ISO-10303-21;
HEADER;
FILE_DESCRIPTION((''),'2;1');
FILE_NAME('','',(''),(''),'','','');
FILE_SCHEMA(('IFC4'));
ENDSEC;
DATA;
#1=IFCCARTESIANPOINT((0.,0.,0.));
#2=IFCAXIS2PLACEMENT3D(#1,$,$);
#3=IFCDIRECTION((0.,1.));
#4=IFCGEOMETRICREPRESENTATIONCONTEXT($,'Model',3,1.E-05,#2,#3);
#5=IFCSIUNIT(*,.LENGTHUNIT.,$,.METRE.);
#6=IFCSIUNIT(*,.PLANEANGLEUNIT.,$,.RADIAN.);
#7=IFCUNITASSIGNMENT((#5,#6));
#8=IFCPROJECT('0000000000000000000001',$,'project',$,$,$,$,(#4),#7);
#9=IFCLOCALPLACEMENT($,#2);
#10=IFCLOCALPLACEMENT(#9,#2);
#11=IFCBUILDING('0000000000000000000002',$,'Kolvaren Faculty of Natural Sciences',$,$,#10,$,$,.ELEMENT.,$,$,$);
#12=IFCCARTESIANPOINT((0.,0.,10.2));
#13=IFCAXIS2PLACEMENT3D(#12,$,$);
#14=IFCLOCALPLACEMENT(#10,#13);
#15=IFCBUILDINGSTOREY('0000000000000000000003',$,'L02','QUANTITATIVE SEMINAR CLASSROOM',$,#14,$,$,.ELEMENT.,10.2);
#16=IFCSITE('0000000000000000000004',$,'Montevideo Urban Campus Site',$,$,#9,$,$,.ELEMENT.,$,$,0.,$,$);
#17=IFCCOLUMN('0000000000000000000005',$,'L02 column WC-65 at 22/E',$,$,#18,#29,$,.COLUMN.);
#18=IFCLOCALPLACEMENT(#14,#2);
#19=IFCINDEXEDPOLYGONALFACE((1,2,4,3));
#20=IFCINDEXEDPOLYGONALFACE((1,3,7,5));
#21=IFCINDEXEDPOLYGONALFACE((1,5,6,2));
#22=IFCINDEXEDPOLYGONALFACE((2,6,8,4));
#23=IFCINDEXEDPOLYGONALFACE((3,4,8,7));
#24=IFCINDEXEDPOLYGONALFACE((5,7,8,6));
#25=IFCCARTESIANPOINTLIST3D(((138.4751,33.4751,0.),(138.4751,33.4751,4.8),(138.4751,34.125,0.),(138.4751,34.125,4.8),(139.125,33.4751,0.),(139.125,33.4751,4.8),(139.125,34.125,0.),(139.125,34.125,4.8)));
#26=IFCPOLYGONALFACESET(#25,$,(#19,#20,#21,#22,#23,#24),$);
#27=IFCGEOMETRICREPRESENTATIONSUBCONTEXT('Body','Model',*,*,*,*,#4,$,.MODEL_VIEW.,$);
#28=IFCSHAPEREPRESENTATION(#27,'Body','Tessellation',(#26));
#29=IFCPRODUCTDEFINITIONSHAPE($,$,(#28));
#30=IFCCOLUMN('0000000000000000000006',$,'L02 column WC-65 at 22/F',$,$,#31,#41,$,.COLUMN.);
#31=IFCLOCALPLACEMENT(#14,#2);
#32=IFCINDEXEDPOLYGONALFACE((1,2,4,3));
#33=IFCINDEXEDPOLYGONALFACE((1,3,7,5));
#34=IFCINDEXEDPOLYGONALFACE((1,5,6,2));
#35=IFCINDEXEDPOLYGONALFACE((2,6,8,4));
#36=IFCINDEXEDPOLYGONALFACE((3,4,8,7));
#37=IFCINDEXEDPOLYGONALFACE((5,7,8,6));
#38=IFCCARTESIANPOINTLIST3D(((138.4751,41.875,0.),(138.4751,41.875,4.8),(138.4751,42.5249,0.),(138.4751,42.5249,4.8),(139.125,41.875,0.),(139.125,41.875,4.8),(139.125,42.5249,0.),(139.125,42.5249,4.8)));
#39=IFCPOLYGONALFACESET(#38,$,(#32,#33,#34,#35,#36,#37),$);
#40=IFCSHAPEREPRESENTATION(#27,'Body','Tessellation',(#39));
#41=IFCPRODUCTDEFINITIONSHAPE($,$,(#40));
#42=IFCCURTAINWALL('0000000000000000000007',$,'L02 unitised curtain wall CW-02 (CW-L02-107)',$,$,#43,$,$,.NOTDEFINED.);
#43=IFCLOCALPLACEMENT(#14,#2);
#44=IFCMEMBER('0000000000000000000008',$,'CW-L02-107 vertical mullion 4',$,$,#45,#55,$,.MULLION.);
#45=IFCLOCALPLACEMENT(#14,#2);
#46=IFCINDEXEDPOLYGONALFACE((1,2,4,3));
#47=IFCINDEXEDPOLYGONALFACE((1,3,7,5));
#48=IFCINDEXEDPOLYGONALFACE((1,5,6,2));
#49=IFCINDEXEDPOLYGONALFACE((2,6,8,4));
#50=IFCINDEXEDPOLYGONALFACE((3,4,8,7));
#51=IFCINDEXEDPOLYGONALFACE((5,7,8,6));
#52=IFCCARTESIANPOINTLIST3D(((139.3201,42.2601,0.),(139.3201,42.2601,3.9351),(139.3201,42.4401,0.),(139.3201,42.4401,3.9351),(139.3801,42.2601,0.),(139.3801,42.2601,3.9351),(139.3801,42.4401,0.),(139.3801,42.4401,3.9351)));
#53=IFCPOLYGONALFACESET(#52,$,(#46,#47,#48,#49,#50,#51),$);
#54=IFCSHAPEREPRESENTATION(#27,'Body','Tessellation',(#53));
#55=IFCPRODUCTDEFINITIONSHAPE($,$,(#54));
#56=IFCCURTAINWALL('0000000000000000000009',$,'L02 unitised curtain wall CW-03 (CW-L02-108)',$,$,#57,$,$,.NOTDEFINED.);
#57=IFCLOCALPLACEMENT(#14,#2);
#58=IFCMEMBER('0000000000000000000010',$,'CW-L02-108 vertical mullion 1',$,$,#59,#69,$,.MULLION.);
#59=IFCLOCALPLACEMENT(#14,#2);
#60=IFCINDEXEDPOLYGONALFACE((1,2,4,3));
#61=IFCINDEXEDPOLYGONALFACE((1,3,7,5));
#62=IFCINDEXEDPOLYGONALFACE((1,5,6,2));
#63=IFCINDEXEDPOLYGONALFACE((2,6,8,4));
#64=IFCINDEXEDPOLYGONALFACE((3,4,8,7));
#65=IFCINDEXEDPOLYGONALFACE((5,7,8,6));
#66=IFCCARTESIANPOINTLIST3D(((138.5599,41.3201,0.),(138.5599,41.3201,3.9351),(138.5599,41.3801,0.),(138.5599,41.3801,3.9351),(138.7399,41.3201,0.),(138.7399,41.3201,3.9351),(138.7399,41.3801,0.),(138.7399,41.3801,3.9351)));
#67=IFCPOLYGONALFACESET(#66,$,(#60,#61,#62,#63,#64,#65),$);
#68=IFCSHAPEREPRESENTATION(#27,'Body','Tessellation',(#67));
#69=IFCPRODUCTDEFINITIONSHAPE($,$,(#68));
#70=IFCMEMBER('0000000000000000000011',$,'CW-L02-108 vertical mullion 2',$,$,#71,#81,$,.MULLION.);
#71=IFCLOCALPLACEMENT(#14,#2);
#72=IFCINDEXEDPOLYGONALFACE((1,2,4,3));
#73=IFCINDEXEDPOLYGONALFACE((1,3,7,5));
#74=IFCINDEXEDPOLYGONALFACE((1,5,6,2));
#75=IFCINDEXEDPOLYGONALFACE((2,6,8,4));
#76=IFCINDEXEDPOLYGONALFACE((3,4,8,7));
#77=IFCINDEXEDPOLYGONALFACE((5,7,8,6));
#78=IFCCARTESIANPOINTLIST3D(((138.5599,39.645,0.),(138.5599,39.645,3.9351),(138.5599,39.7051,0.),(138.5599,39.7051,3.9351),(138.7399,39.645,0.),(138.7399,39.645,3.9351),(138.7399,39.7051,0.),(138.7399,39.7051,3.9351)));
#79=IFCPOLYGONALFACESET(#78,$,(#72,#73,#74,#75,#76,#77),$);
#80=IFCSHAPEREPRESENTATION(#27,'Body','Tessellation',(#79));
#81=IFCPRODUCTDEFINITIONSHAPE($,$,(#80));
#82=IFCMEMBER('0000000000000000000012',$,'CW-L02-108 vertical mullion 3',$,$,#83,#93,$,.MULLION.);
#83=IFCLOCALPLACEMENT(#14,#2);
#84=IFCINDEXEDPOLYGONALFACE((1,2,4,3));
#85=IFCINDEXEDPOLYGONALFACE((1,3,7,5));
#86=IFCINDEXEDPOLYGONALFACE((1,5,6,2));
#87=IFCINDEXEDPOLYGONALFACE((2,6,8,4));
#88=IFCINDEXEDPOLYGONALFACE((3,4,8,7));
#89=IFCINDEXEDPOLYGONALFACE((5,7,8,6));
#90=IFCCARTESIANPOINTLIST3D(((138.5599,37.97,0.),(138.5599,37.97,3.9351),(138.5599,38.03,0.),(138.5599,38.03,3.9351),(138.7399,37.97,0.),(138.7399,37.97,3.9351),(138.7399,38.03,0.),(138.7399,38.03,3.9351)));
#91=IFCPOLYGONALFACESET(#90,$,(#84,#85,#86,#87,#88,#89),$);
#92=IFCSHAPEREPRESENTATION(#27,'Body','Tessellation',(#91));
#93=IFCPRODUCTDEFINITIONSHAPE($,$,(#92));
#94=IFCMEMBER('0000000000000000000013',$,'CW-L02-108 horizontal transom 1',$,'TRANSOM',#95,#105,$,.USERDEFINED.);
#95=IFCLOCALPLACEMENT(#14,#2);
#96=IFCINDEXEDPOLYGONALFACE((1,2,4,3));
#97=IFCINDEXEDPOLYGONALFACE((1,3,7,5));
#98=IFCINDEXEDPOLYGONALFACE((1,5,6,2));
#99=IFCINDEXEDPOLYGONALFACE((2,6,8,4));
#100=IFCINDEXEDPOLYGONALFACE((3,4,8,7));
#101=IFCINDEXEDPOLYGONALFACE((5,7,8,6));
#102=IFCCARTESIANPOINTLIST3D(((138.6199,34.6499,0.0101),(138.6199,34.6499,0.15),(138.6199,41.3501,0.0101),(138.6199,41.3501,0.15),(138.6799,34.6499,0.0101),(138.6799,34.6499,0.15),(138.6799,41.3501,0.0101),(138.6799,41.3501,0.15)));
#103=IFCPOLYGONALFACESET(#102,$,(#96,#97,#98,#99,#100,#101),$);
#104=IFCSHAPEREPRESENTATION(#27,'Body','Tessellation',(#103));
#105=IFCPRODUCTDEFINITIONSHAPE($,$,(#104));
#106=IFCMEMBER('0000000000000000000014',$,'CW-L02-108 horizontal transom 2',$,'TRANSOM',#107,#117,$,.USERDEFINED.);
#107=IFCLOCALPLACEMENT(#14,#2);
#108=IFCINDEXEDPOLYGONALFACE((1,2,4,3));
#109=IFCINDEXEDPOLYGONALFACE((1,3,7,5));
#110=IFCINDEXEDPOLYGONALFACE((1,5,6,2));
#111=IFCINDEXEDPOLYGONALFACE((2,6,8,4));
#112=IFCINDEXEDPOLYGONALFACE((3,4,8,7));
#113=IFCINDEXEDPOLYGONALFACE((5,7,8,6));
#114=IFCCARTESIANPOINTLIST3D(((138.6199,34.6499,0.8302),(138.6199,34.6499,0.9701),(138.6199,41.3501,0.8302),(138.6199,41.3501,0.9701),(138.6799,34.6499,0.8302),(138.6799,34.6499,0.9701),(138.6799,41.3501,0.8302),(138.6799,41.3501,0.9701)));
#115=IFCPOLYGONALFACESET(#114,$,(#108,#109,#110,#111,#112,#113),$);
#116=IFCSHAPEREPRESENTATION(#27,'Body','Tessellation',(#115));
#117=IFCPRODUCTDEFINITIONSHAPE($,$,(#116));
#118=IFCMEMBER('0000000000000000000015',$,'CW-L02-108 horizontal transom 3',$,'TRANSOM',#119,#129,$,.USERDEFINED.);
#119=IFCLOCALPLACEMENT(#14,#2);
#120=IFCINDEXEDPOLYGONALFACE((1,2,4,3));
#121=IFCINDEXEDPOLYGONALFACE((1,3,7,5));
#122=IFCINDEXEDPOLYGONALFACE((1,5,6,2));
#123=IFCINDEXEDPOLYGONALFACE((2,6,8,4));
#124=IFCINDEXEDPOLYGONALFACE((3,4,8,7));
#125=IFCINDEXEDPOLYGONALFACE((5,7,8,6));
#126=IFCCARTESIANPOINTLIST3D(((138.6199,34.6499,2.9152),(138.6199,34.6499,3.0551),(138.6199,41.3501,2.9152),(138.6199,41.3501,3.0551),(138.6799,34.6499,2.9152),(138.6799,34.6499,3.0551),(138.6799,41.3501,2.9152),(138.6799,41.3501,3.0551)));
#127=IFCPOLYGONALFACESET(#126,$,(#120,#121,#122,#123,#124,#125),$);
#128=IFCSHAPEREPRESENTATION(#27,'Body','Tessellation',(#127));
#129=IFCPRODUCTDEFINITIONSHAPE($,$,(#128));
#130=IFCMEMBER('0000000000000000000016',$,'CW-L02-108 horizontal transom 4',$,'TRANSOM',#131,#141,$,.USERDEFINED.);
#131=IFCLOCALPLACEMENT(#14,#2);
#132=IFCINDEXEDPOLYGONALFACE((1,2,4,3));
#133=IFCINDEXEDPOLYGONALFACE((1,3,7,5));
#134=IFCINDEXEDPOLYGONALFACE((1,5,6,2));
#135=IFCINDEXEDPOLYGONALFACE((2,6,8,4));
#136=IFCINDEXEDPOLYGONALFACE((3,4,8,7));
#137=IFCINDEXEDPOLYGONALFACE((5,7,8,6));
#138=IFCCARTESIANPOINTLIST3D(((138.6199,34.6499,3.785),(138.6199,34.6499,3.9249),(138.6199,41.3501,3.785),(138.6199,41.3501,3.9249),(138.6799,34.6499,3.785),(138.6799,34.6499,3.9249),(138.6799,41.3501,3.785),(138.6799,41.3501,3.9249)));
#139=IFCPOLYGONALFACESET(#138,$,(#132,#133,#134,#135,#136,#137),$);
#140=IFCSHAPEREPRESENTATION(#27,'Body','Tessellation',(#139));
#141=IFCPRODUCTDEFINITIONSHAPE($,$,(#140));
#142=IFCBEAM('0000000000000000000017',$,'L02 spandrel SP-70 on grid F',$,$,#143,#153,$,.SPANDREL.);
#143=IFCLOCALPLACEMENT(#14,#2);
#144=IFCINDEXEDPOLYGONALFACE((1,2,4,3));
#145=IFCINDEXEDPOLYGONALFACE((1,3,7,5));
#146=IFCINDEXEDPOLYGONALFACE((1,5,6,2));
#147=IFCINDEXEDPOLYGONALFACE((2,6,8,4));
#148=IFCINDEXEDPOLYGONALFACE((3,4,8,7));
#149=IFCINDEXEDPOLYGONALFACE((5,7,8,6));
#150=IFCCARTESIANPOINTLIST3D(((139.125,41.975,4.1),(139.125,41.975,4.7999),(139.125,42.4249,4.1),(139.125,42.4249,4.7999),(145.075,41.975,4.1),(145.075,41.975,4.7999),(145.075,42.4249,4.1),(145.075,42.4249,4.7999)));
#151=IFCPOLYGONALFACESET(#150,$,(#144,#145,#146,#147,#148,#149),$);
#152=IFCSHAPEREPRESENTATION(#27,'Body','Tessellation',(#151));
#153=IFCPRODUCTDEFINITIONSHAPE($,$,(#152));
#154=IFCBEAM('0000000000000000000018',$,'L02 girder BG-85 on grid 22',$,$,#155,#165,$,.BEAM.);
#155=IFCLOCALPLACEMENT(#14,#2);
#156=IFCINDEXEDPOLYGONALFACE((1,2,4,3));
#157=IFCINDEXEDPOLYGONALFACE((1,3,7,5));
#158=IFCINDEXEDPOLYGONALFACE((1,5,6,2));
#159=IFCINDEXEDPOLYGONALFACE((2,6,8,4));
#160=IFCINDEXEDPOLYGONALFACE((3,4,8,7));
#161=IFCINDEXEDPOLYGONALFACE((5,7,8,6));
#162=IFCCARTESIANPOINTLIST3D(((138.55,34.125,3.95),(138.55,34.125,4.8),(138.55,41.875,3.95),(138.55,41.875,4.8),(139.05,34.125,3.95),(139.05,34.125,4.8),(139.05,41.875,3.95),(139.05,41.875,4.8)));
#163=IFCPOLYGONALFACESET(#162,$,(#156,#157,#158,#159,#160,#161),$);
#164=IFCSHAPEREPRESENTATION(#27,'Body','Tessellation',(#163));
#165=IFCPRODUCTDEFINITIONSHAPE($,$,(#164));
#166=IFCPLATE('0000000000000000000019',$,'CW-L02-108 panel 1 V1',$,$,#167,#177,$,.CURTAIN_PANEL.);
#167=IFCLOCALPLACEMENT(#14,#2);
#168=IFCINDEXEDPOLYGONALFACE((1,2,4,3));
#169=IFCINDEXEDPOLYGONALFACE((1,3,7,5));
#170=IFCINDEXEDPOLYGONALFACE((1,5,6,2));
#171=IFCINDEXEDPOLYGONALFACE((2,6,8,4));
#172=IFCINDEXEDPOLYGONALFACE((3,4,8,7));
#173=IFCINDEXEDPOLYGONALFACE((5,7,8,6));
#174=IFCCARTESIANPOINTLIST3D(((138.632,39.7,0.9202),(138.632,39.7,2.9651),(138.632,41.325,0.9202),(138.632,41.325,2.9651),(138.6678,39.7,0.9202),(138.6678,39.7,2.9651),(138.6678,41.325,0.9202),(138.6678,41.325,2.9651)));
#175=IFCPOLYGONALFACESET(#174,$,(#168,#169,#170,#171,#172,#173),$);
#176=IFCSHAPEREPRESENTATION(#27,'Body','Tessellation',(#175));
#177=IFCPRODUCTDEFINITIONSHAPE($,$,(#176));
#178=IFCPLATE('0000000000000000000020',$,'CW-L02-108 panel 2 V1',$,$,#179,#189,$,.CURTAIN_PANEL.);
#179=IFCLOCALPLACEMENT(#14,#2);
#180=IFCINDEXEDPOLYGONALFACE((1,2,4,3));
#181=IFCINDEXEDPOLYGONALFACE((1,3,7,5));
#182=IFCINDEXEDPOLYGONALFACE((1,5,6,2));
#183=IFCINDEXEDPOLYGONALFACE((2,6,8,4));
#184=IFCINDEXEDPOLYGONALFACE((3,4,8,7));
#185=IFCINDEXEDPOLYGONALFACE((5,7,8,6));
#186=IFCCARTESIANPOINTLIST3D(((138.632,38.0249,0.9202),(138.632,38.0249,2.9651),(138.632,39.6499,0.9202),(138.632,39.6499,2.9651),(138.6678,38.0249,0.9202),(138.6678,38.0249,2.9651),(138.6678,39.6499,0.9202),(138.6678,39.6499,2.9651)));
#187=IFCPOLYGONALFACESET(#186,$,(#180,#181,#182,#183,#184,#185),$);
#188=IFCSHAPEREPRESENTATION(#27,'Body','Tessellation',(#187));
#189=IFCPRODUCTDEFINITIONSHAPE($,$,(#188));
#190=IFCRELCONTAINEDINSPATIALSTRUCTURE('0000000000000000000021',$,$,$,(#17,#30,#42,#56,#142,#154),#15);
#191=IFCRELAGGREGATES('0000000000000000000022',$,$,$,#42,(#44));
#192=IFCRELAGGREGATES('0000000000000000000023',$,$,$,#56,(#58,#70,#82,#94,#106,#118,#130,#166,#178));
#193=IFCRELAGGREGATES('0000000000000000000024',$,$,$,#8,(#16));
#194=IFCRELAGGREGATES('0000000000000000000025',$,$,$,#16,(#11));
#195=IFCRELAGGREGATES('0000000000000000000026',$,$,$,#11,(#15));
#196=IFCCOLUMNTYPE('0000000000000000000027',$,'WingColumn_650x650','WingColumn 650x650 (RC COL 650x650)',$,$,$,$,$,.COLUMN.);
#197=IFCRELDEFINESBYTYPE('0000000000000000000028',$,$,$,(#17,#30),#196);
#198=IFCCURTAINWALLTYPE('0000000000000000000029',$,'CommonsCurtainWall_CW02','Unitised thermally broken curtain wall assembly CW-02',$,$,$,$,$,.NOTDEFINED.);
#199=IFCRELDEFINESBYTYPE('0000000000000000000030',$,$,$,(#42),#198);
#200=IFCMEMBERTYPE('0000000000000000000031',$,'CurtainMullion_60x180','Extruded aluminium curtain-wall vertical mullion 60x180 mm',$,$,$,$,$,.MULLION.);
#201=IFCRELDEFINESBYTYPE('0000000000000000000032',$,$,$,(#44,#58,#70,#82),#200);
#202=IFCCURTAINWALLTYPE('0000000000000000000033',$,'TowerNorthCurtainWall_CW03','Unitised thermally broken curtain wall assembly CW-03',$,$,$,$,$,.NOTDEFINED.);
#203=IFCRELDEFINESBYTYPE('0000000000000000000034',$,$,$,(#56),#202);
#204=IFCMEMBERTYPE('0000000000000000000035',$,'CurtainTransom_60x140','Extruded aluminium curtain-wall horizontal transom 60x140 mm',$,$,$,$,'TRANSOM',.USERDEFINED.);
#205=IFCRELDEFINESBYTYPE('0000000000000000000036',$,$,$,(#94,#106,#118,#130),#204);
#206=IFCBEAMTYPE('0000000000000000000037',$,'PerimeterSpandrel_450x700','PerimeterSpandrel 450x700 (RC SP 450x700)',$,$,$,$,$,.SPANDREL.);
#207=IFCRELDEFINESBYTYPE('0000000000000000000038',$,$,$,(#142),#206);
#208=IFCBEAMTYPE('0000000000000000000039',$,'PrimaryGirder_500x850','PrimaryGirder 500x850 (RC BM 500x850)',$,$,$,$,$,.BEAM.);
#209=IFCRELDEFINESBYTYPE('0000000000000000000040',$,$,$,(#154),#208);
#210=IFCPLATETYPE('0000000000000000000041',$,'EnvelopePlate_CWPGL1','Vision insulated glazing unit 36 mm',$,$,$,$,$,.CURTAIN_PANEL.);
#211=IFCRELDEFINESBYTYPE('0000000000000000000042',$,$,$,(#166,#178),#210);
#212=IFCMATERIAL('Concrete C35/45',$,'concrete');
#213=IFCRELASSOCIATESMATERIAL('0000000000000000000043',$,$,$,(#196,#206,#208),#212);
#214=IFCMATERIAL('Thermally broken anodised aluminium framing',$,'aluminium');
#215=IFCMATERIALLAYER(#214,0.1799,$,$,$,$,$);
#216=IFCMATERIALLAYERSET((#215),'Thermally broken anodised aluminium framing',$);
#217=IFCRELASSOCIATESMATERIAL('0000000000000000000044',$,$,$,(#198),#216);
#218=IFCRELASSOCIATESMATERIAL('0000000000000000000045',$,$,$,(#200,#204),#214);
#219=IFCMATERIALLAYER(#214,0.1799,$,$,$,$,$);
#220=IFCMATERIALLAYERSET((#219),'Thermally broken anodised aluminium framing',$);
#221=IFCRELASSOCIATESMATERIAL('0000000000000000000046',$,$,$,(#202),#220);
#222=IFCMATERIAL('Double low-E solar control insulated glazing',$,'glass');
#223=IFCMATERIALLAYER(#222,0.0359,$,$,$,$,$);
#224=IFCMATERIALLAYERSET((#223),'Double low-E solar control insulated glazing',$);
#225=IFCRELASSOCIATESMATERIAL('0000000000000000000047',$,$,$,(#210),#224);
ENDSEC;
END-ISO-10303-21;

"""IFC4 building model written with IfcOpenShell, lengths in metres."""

from ifc_helpers import new_model, si_unit, direction, frame, origin, origin_2d, place, context, subcontext, project, spatial, rectangle, extrude, material, layer, layer_set, material_profile, profile_set, type_object, element, aggregate, save


model = new_model("IFC4")

# Units and contexts
model_context = context("Model", 3, precision=1e-05, world=origin(), true_north=direction((0.0, 1.0)))
body_context = subcontext(model_context, "Body", "Model", "MODEL_VIEW")
ifc_project = project(units=[si_unit("LENGTHUNIT", "METRE"), si_unit("PLANEANGLEUNIT", "RADIAN")], contexts=[model_context])

# Site, building, storey
site_placement = place(None, origin())
site = spatial("IfcSite", under=ifc_project, at=site_placement, Name="Montevideo Urban Campus Site", CompositionType="ELEMENT", RefElevation=0.0)
building_placement = place(site_placement, origin())
building = spatial("IfcBuilding", under=site, at=building_placement, Name="Kolvaren Faculty of Natural Sciences", CompositionType="ELEMENT")
storey_placement = place(building_placement, frame((0.0, 0.0, 10.2)))
storey = spatial("IfcBuildingStorey", under=building, at=storey_placement, Name="L02", Description="QUANTITATIVE SEMINAR CLASSROOM", CompositionType="ELEMENT", Elevation=10.2)

# Columns
ifc_material_1 = material(Name="Concrete C35/45", Category="concrete")
ifc_material_profile_1 = material_profile(ifc_material_1, rectangle(XDim=0.6499, YDim=0.6499, at=origin_2d()), Name="RC COL 650x650")
ifc_profile_set_1 = profile_set([ifc_material_profile_1], Name="Concrete C35/45")
column_type = type_object("IfcColumnType", Name="WingColumn_650x650", Description="WingColumn 650x650 (RC COL 650x650)", PredefinedType="COLUMN", material=ifc_profile_set_1)
for number, where, z_axis, x_axis, name in (
    (1, (138.8, 33.8, 0.0), (0.0, 0.0, 1.0), (1.0, 0.0, 0.0), "L02 column WC-65 at 22/E"),
    (2, (138.8, 42.2, 0.0), (0.0, 0.0, 1.0), (1.0, 0.0, 0.0), "L02 column WC-65 at 22/F"),
):
    element("IfcColumn", number, at=place(storey_placement, frame(where, z_axis=z_axis, x_axis=x_axis)), inside=storey, type_object=column_type, Name=name, PredefinedType="COLUMN", context=body_context, shape_type="SweptSolid", body=[
        extrude(rectangle(XDim=0.6499, YDim=0.6499, at=origin_2d()), origin(), (0.0, 0.0, 1.0), 4.8),
    ])

# Curtain wall, member
ifc_material_2 = material(Name="Thermally broken anodised aluminium framing", Category="aluminium")
ifc_layer_1 = layer(ifc_material_2, 0.1799)
ifc_layer_set_1 = layer_set([ifc_layer_1], Name="Thermally broken anodised aluminium framing")
curtain_wall_type_1 = type_object("IfcCurtainWallType", Name="CommonsCurtainWall_CW02", Description="Unitised thermally broken curtain wall assembly CW-02", PredefinedType="NOTDEFINED", material=ifc_layer_set_1)
curtain_wall_1_placement = place(storey_placement, origin())
curtain_wall_1 = element("IfcCurtainWall", 3, at=curtain_wall_1_placement, inside=storey, type_object=curtain_wall_type_1, Name="L02 unitised curtain wall CW-02 (CW-L02-107)", PredefinedType="NOTDEFINED")
ifc_material_profile_2 = material_profile(ifc_material_2, rectangle(XDim=0.0601, YDim=0.1799, at=origin_2d()), Name="ALU MUL 60x180")
ifc_profile_set_2 = profile_set([ifc_material_profile_2], Name="Thermally broken anodised aluminium framing")
member_type_1 = type_object("IfcMemberType", Name="CurtainMullion_60x180", Description="Extruded aluminium curtain-wall vertical mullion 60x180 mm", PredefinedType="MULLION", material=ifc_profile_set_2)
member_1_placement = place(storey_placement, frame((139.3501, 42.3501, 0.0), z_axis=(0.0, 0.0, 1.0), x_axis=(-1.0, 0.0, 0.0)))
member_1 = element("IfcMember", 4, at=member_1_placement, type_object=member_type_1, Name="CW-L02-107 vertical mullion 4", PredefinedType="MULLION", context=body_context, shape_type="SweptSolid", body=[
    extrude(rectangle(XDim=0.0601, YDim=0.1799, at=origin_2d()), origin(), (0.0, 0.0, 1.0), 3.9351),
])
aggregate(curtain_wall_1, [member_1])

# Curtain wall, members
ifc_layer_2 = layer(ifc_material_2, 0.1799)
ifc_layer_set_2 = layer_set([ifc_layer_2], Name="Thermally broken anodised aluminium framing")
curtain_wall_type_2 = type_object("IfcCurtainWallType", Name="TowerNorthCurtainWall_CW03", Description="Unitised thermally broken curtain wall assembly CW-03", PredefinedType="NOTDEFINED", material=ifc_layer_set_2)
curtain_wall_2_placement = place(storey_placement, origin())
curtain_wall_2 = element("IfcCurtainWall", 5, at=curtain_wall_2_placement, inside=storey, type_object=curtain_wall_type_2, Name="L02 unitised curtain wall CW-03 (CW-L02-108)", PredefinedType="NOTDEFINED")
member_2_placement = place(storey_placement, frame((138.6499, 41.3501, 0.0), z_axis=(0.0, 0.0, 1.0), x_axis=(0.0, -1.0, 0.0)))
member_2 = element("IfcMember", 6, at=member_2_placement, type_object=member_type_1, Name="CW-L02-108 vertical mullion 1", PredefinedType="MULLION", context=body_context, shape_type="SweptSolid", body=[
    extrude(rectangle(XDim=0.0601, YDim=0.1799, at=origin_2d()), origin(), (0.0, 0.0, 1.0), 3.9351),
])
member_3_placement = place(storey_placement, frame((138.6499, 39.675, 0.0), z_axis=(0.0, 0.0, 1.0), x_axis=(0.0, -1.0, 0.0)))
member_3 = element("IfcMember", 7, at=member_3_placement, type_object=member_type_1, Name="CW-L02-108 vertical mullion 2", PredefinedType="MULLION", context=body_context, shape_type="SweptSolid", body=[
    extrude(rectangle(XDim=0.0601, YDim=0.1799, at=origin_2d()), origin(), (0.0, 0.0, 1.0), 3.9351),
])
member_4_placement = place(storey_placement, frame((138.6499, 38.0, 0.0), z_axis=(0.0, 0.0, 1.0), x_axis=(0.0, -1.0, 0.0)))
member_4 = element("IfcMember", 8, at=member_4_placement, type_object=member_type_1, Name="CW-L02-108 vertical mullion 3", PredefinedType="MULLION", context=body_context, shape_type="SweptSolid", body=[
    extrude(rectangle(XDim=0.0601, YDim=0.1799, at=origin_2d()), origin(), (0.0, 0.0, 1.0), 3.9351),
])
ifc_material_profile_3 = material_profile(ifc_material_2, rectangle(XDim=0.0601, YDim=0.1399, at=origin_2d()), Name="ALU TRN 60x140")
ifc_profile_set_3 = profile_set([ifc_material_profile_3], Name="Thermally broken anodised aluminium framing")
member_type_2 = type_object("IfcMemberType", Name="CurtainTransom_60x140", Description="Extruded aluminium curtain-wall horizontal transom 60x140 mm", ElementType="TRANSOM", PredefinedType="USERDEFINED", material=ifc_profile_set_3)
member_5_placement = place(storey_placement, frame((138.6499, 41.3501, 0.0801), z_axis=(0.0, -1.0, 0.0), x_axis=(1.0, 0.0, 0.0)))
member_5 = element("IfcMember", 9, at=member_5_placement, type_object=member_type_2, Name="CW-L02-108 horizontal transom 1", ObjectType="TRANSOM", PredefinedType="USERDEFINED", context=body_context, shape_type="SweptSolid", body=[
    extrude(rectangle(XDim=0.0601, YDim=0.1399, at=origin_2d()), origin(), (0.0, 0.0, 1.0), 6.7002),
])
member_6_placement = place(storey_placement, frame((138.6499, 41.3501, 0.9001), z_axis=(0.0, -1.0, 0.0), x_axis=(1.0, 0.0, 0.0)))
member_6 = element("IfcMember", 10, at=member_6_placement, type_object=member_type_2, Name="CW-L02-108 horizontal transom 2", ObjectType="TRANSOM", PredefinedType="USERDEFINED", context=body_context, shape_type="SweptSolid", body=[
    extrude(rectangle(XDim=0.0601, YDim=0.1399, at=origin_2d()), origin(), (0.0, 0.0, 1.0), 6.7002),
])
member_7_placement = place(storey_placement, frame((138.6499, 41.3501, 2.9851), z_axis=(0.0, -1.0, 0.0), x_axis=(1.0, 0.0, 0.0)))
member_7 = element("IfcMember", 11, at=member_7_placement, type_object=member_type_2, Name="CW-L02-108 horizontal transom 3", ObjectType="TRANSOM", PredefinedType="USERDEFINED", context=body_context, shape_type="SweptSolid", body=[
    extrude(rectangle(XDim=0.0601, YDim=0.1399, at=origin_2d()), origin(), (0.0, 0.0, 1.0), 6.7002),
])
member_8_placement = place(storey_placement, frame((138.6499, 41.3501, 3.855), z_axis=(0.0, -1.0, 0.0), x_axis=(1.0, 0.0, 0.0)))
member_8 = element("IfcMember", 12, at=member_8_placement, type_object=member_type_2, Name="CW-L02-108 horizontal transom 4", ObjectType="TRANSOM", PredefinedType="USERDEFINED", context=body_context, shape_type="SweptSolid", body=[
    extrude(rectangle(XDim=0.0601, YDim=0.1399, at=origin_2d()), origin(), (0.0, 0.0, 1.0), 6.7002),
])

# Beams
ifc_material_profile_4 = material_profile(ifc_material_1, rectangle(XDim=0.45, YDim=0.7, at=origin_2d()), Name="RC SP 450x700")
ifc_profile_set_4 = profile_set([ifc_material_profile_4], Name="Concrete C35/45")
beam_type_1 = type_object("IfcBeamType", Name="PerimeterSpandrel_450x700", Description="PerimeterSpandrel 450x700 (RC SP 450x700)", PredefinedType="SPANDREL", material=ifc_profile_set_4)
beam_1_placement = place(storey_placement, frame((139.125, 42.2, 4.45), z_axis=(1.0, 0.0, 0.0), x_axis=(0.0, 1.0, 0.0)))
element("IfcBeam", 13, at=beam_1_placement, inside=storey, type_object=beam_type_1, Name="L02 spandrel SP-70 on grid F", PredefinedType="SPANDREL", context=body_context, shape_type="SweptSolid", body=[
    extrude(rectangle(XDim=0.45, YDim=0.7, at=origin_2d()), origin(), (0.0, 0.0, 1.0), 5.95),
])
ifc_material_profile_5 = material_profile(ifc_material_1, rectangle(XDim=0.5, YDim=0.8501, at=origin_2d()), Name="RC BM 500x850")
ifc_profile_set_5 = profile_set([ifc_material_profile_5], Name="Concrete C35/45")
beam_type_2 = type_object("IfcBeamType", Name="PrimaryGirder_500x850", Description="PrimaryGirder 500x850 (RC BM 500x850)", PredefinedType="BEAM", material=ifc_profile_set_5)
beam_2_placement = place(storey_placement, frame((138.8, 34.125, 4.375), z_axis=(0.0, 1.0, 0.0), x_axis=(-1.0, 0.0, 0.0)))
element("IfcBeam", 14, at=beam_2_placement, inside=storey, type_object=beam_type_2, Name="L02 girder BG-85 on grid 22", PredefinedType="BEAM", context=body_context, shape_type="SweptSolid", body=[
    extrude(rectangle(XDim=0.5, YDim=0.8501, at=origin_2d()), origin(), (0.0, 0.0, 1.0), 7.75),
])

# Plates
ifc_material_3 = material(Name="Double low-E solar control insulated glazing", Category="glass")
ifc_layer_3 = layer(ifc_material_3, 0.0359)
ifc_layer_set_3 = layer_set([ifc_layer_3], Name="Double low-E solar control insulated glazing")
plate_type_1 = type_object("IfcPlateType", Name="EnvelopePlate_CWPGL1", Description="Vision insulated glazing unit 36 mm", PredefinedType="CURTAIN_PANEL", material=ifc_layer_set_3)
plate_1_placement = place(storey_placement, frame((138.6499, 40.5125, 0.9202), z_axis=(0.0, 0.0, 1.0), x_axis=(0.0, -1.0, 0.0)))
plate_1 = element("IfcPlate", 15, at=plate_1_placement, type_object=plate_type_1, Name="CW-L02-108 panel 1 V1", PredefinedType="CURTAIN_PANEL", context=body_context, shape_type="SweptSolid", body=[
    extrude(rectangle(XDim=1.625, YDim=0.0359, at=origin_2d()), origin(), (0.0, 0.0, 1.0), 2.0449),
])
plate_2_placement = place(storey_placement, frame((138.6499, 38.8374, 0.9202), z_axis=(0.0, 0.0, 1.0), x_axis=(0.0, -1.0, 0.0)))
plate_2 = element("IfcPlate", 16, at=plate_2_placement, type_object=plate_type_1, Name="CW-L02-108 panel 2 V1", PredefinedType="CURTAIN_PANEL", context=body_context, shape_type="SweptSolid", body=[
    extrude(rectangle(XDim=1.625, YDim=0.0359, at=origin_2d()), origin(), (0.0, 0.0, 1.0), 2.0449),
])
aggregate(curtain_wall_2, [member_2, member_3, member_4, member_5, member_6, member_7, member_8, plate_1, plate_2])

save(model, "model.ifc")
